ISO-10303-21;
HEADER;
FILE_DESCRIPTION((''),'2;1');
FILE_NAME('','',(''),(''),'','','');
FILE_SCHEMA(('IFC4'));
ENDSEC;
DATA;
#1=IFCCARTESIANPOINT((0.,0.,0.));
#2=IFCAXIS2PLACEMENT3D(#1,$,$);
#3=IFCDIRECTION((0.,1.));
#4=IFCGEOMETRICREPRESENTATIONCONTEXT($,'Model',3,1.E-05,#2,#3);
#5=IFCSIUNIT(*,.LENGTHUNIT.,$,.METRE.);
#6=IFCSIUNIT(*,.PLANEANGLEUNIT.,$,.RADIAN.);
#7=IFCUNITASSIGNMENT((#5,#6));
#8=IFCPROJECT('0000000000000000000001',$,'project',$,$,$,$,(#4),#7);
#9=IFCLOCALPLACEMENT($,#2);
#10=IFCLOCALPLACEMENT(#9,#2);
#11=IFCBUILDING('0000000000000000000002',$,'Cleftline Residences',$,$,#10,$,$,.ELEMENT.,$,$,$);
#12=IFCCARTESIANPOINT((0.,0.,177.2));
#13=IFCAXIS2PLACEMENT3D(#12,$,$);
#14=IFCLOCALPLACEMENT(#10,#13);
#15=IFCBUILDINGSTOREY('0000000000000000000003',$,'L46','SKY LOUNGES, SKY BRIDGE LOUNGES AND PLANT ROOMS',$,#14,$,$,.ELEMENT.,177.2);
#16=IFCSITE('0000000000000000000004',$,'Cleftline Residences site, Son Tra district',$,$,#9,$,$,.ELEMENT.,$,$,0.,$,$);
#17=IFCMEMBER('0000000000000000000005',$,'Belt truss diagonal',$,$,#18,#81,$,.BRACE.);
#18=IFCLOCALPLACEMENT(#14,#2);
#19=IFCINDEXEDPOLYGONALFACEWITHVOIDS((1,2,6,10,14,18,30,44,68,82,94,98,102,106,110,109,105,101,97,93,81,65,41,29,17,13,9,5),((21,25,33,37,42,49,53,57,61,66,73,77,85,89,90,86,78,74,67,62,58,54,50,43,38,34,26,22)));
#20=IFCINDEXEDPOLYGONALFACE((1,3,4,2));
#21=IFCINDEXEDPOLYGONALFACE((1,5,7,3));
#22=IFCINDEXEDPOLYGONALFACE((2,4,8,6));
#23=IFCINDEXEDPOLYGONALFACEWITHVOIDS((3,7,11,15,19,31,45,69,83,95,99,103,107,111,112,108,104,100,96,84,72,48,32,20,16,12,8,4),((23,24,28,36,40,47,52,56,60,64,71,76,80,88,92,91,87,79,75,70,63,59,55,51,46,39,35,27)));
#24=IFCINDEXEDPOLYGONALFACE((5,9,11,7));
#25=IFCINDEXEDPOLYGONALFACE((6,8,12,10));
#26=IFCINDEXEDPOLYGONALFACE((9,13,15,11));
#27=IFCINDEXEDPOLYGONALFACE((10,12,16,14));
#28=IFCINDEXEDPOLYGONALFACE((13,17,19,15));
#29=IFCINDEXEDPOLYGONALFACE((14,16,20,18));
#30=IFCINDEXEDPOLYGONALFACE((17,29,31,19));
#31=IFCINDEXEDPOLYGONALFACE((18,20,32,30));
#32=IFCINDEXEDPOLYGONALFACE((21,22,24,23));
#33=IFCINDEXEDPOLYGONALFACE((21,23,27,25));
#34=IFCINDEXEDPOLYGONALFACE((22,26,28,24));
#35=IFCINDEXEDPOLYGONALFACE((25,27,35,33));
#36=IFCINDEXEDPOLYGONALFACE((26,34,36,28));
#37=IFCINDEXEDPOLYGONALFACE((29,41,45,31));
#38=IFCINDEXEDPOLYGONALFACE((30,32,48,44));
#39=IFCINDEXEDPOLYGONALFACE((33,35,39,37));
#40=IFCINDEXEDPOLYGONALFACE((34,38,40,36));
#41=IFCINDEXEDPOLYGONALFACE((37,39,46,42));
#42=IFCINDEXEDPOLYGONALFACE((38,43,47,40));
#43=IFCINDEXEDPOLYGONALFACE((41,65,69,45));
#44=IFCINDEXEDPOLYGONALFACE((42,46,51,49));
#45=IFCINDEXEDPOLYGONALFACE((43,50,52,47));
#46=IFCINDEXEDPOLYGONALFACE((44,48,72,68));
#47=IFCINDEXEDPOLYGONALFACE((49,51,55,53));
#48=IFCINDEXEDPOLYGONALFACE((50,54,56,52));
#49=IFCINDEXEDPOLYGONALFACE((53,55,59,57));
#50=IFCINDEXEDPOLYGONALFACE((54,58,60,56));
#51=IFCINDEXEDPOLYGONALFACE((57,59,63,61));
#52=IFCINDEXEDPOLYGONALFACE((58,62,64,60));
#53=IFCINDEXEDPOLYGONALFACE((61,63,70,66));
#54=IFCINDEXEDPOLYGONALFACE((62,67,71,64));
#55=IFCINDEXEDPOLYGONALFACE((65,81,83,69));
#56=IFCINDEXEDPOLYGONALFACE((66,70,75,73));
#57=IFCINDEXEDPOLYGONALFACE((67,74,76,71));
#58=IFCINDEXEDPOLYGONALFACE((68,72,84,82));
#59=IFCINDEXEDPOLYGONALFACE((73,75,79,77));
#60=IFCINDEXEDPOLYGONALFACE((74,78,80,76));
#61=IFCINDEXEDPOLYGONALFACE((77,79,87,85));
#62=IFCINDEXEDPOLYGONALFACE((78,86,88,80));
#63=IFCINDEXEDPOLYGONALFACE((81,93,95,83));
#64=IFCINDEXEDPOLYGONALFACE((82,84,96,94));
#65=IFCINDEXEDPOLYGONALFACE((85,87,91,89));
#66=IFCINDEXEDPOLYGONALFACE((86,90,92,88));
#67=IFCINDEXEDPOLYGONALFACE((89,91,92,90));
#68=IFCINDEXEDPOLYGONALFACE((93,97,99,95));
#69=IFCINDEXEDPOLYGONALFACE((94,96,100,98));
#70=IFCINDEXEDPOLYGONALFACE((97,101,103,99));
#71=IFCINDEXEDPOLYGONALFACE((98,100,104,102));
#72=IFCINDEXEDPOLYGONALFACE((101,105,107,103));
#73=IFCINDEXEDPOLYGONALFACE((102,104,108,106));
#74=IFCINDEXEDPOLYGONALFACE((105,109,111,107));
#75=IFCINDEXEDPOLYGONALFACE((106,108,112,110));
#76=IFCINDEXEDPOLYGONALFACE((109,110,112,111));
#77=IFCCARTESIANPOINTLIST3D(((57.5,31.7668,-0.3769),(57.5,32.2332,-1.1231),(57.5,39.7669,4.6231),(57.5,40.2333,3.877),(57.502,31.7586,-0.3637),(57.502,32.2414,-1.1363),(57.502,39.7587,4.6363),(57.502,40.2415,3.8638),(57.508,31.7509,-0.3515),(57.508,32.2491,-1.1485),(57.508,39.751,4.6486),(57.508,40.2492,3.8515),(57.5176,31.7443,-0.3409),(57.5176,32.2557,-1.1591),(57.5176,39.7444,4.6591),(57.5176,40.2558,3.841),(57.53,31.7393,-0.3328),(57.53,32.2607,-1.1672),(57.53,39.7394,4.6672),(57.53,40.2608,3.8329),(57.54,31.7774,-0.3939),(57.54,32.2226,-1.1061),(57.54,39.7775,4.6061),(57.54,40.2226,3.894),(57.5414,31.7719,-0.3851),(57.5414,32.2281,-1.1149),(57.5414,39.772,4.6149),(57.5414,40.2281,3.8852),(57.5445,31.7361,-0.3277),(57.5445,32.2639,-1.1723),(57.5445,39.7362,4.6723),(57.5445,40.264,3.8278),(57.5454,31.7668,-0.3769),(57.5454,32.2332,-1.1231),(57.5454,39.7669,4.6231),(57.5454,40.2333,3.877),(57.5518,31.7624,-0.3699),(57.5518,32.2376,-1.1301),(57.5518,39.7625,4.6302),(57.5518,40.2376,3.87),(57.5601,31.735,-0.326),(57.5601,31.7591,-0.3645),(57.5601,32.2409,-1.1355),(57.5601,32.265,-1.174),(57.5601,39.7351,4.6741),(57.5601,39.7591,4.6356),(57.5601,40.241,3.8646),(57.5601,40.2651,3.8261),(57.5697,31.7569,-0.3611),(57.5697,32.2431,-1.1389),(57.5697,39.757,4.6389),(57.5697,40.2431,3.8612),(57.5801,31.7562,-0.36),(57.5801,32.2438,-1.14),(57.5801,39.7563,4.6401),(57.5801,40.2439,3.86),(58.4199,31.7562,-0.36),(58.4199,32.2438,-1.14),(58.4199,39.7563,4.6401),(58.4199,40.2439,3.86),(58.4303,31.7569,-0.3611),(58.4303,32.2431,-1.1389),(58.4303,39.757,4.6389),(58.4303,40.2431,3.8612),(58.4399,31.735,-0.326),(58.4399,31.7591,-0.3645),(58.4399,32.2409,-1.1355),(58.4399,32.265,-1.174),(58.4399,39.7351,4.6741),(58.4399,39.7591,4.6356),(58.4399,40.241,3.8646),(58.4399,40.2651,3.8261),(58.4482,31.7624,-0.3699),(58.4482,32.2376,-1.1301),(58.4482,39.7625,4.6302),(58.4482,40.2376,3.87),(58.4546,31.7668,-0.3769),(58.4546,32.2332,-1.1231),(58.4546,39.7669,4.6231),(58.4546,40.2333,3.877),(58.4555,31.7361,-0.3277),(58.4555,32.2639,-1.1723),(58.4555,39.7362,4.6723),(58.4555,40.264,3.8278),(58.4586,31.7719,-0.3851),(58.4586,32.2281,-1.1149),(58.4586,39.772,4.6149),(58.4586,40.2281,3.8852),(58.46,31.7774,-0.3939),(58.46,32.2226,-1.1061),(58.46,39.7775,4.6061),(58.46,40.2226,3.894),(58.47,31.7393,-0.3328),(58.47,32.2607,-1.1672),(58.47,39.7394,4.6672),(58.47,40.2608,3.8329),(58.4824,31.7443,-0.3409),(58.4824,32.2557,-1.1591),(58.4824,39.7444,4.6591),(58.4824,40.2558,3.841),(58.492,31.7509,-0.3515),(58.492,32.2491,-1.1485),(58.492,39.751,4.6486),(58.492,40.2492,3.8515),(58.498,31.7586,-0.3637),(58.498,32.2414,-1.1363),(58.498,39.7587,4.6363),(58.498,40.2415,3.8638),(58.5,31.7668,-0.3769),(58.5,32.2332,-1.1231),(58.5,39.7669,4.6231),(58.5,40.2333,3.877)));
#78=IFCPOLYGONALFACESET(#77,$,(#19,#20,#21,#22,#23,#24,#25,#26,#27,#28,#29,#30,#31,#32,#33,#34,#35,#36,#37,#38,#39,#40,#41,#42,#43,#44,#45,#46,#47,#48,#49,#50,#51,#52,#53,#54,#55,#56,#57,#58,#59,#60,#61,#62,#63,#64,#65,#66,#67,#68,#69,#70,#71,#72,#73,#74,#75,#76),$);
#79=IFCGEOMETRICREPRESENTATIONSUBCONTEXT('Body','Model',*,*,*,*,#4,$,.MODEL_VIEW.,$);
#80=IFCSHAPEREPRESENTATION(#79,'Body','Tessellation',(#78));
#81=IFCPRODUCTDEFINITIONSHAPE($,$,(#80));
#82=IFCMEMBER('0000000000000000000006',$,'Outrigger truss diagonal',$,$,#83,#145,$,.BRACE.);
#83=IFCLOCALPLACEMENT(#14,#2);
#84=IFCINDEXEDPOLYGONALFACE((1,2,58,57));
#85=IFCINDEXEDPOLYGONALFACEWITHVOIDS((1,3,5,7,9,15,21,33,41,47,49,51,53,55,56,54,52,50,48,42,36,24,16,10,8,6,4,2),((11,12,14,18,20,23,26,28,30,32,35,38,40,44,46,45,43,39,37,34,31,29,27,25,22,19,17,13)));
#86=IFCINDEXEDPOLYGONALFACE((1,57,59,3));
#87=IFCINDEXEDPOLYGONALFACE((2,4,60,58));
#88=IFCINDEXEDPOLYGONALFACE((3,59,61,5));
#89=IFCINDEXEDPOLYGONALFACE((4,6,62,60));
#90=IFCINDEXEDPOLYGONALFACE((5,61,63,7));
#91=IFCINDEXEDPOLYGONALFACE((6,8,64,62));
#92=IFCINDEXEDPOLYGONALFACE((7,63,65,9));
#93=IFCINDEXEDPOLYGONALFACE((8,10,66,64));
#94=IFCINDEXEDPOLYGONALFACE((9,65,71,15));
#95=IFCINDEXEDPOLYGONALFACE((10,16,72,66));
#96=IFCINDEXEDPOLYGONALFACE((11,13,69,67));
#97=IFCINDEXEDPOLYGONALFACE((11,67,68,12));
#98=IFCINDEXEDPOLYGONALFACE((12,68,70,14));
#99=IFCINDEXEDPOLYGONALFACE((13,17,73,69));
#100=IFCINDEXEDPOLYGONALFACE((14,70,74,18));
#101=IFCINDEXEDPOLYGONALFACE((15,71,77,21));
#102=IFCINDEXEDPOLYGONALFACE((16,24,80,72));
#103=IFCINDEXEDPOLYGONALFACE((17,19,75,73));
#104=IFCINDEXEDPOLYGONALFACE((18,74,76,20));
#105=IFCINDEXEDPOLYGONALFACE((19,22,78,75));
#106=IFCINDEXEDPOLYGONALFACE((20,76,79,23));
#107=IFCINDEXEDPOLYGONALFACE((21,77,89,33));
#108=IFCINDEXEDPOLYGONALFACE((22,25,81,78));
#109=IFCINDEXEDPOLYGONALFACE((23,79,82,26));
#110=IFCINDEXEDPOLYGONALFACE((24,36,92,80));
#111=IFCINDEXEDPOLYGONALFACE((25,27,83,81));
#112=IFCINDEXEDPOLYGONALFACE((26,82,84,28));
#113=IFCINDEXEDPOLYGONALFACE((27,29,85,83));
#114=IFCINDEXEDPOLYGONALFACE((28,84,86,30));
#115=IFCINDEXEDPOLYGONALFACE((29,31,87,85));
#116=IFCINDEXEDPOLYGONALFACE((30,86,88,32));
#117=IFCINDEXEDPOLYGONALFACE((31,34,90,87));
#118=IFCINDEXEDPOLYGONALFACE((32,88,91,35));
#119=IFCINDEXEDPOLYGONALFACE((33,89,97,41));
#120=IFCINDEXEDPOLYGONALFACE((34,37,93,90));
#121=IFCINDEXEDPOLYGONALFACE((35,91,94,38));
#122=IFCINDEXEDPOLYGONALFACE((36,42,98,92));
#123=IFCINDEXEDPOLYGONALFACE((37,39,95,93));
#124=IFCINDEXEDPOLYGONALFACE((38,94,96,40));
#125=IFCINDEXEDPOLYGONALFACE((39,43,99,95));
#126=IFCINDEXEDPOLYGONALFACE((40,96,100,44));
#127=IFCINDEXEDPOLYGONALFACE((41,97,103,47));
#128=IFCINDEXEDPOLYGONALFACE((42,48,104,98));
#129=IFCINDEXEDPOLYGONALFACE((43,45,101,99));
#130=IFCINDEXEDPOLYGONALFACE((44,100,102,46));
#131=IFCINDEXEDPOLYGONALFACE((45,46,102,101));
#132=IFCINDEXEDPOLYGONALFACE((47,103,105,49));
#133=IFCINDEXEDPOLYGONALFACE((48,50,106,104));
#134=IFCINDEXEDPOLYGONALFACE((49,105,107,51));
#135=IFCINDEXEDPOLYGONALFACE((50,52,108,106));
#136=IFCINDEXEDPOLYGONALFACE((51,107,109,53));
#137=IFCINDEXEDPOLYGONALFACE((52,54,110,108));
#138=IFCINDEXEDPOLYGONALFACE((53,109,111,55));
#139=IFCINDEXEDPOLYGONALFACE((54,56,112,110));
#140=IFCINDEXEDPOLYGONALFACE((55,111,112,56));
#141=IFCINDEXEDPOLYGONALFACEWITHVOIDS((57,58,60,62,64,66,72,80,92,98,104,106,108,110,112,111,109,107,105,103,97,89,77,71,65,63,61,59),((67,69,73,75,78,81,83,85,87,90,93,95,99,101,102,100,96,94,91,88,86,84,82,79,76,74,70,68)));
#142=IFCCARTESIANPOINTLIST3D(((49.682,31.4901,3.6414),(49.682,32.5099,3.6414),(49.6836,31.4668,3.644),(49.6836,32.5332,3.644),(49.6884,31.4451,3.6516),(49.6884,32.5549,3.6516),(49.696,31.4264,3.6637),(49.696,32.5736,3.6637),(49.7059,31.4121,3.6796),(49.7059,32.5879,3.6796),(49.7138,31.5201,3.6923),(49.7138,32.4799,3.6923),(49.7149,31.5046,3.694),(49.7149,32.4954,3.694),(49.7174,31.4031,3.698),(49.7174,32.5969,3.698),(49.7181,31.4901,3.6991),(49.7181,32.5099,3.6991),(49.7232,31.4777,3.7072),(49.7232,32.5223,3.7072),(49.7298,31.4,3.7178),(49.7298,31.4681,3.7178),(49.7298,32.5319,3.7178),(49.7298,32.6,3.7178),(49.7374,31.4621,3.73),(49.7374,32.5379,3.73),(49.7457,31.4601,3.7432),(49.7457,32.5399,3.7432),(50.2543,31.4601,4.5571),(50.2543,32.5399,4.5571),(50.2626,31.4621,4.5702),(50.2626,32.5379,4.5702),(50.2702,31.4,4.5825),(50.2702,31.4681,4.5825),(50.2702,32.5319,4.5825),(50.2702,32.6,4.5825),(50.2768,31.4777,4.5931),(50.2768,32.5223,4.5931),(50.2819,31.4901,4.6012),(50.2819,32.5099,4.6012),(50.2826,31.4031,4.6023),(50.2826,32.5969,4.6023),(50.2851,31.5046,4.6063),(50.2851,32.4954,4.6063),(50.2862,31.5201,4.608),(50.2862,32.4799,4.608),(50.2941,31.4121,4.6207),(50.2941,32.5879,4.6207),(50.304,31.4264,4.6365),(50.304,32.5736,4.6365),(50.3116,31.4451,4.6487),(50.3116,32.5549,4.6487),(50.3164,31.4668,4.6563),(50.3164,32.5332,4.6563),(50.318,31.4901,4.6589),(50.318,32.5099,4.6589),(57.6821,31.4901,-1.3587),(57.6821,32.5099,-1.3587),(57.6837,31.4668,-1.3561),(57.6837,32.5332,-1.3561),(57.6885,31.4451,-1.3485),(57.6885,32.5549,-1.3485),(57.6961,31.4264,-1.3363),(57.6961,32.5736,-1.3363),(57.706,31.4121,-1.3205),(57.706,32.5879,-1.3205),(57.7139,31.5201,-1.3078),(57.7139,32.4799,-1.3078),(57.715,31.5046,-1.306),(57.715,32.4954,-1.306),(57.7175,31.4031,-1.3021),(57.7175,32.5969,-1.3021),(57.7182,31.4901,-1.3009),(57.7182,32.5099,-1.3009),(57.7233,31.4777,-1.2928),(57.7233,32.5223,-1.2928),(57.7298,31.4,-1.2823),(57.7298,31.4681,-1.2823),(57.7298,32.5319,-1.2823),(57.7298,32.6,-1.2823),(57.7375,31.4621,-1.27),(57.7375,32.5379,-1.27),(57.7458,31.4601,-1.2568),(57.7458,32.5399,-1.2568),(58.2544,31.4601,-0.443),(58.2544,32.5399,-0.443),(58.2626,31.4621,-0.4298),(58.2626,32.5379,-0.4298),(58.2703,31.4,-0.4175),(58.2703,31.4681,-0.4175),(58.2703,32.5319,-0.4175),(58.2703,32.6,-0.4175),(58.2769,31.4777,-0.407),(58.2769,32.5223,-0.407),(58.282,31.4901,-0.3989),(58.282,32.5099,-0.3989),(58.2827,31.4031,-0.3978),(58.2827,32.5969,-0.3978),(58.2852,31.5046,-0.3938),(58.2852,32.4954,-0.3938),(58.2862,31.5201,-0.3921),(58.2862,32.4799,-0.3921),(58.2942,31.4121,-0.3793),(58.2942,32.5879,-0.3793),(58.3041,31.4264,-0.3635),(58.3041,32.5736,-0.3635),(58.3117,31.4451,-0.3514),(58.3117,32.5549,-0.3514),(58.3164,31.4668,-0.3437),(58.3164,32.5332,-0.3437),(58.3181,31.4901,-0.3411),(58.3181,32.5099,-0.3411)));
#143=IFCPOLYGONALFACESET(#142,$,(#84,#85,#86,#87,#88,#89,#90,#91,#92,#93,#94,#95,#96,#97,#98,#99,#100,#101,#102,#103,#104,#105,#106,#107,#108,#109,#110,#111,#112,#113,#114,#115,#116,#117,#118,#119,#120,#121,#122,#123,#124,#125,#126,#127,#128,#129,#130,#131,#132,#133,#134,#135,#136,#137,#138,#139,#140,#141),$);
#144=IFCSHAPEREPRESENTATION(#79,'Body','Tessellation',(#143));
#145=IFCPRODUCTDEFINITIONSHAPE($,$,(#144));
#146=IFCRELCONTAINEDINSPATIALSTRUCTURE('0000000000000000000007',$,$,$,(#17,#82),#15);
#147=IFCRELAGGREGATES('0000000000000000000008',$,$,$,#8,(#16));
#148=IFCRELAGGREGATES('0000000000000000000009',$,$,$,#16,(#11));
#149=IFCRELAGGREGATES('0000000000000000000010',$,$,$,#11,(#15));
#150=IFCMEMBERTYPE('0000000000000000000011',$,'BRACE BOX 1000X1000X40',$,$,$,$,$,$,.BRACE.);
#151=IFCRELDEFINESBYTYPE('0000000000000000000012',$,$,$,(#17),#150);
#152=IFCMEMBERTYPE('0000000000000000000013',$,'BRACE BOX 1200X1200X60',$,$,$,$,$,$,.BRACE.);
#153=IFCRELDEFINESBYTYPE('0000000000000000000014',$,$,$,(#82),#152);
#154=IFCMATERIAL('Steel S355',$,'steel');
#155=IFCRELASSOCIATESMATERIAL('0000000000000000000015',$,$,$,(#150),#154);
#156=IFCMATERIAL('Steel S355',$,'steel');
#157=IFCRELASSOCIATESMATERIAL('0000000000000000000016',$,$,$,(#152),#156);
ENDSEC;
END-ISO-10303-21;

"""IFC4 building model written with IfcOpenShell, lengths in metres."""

from ifc_helpers import new_model, si_unit, direction, frame, origin, origin_2d, place, context, subcontext, project, spatial, hollow_rectangle, extrude, material, material_profile, profile_set, type_object, element, save


model = new_model("IFC4")

# Units and contexts
model_context = context("Model", 3, precision=1e-05, world=origin(), true_north=direction((0.0, 1.0)))
body_context = subcontext(model_context, "Body", "Model", "MODEL_VIEW")
ifc_project = project(units=[si_unit("LENGTHUNIT", "METRE"), si_unit("PLANEANGLEUNIT", "RADIAN")], contexts=[model_context])

# Site, building, storey
site_placement = place(None, origin())
site = spatial("IfcSite", under=ifc_project, at=site_placement, Name="Cleftline Residences site, Son Tra district", CompositionType="ELEMENT", RefElevation=0.0)
building_placement = place(site_placement, origin())
building = spatial("IfcBuilding", under=site, at=building_placement, Name="Cleftline Residences", CompositionType="ELEMENT")
storey_placement = place(building_placement, frame((0.0, 0.0, 177.2)))
storey = spatial("IfcBuildingStorey", under=building, at=storey_placement, Name="L46", Description="SKY LOUNGES, SKY BRIDGE LOUNGES AND PLANT ROOMS", CompositionType="ELEMENT", Elevation=177.2)

# Members
ifc_material_1 = material(Name="Steel S355", Category="steel")
ifc_material_profile_1 = material_profile(ifc_material_1, hollow_rectangle(XDim=1.0, YDim=1.0, WallThickness=0.04, InnerFilletRadius=0.04, OuterFilletRadius=0.0601, at=origin_2d()))
ifc_profile_set_1 = profile_set([ifc_material_profile_1], Name="Steel S355")
member_type_1 = type_object("IfcMemberType", Name="BRACE BOX 1000X1000X40", PredefinedType="BRACE", material=ifc_profile_set_1)
for number, where, z_axis, x_axis, name in (
    (1, (58.0, 32.0, -0.75), (0.0, 0.847998, 0.529999), (0.0, -0.529999, 0.847998), "Belt truss diagonal"),
):
    element("IfcMember", number, at=place(storey_placement, frame(where, z_axis=z_axis, x_axis=x_axis)), inside=storey, type_object=member_type_1, Name=name, PredefinedType="BRACE", context=body_context, shape_type="SweptSolid", body=[
        extrude(hollow_rectangle(XDim=1.0, YDim=1.0, WallThickness=0.04, InnerFilletRadius=0.04, OuterFilletRadius=0.0601, at=origin_2d()), origin(), (0.0, 0.0, 1.0), 9.4341),
    ])
ifc_material_2 = material(Name="Steel S355", Category="steel")
ifc_material_profile_2 = material_profile(ifc_material_2, hollow_rectangle(XDim=1.2, YDim=1.2, WallThickness=0.0601, InnerFilletRadius=0.0601, OuterFilletRadius=0.0901, at=origin_2d()))
ifc_profile_set_2 = profile_set([ifc_material_profile_2], Name="Steel S355")
member_type_2 = type_object("IfcMemberType", Name="BRACE BOX 1200X1200X60", PredefinedType="BRACE", material=ifc_profile_set_2)
member_1_placement = place(storey_placement, frame((50.0, 32.0, 4.1501), z_axis=(0.847998, 0.0, -0.529999), x_axis=(0.529999, 0.0, 0.847998)))
element("IfcMember", 2, at=member_1_placement, inside=storey, type_object=member_type_2, Name="Outrigger truss diagonal", PredefinedType="BRACE", context=body_context, shape_type="SweptSolid", body=[
    extrude(hollow_rectangle(XDim=1.2, YDim=1.2, WallThickness=0.0601, InnerFilletRadius=0.0601, OuterFilletRadius=0.0901, at=origin_2d()), origin(), (0.0, 0.0, 1.0), 9.4341),
])

save(model, "model.ifc")
